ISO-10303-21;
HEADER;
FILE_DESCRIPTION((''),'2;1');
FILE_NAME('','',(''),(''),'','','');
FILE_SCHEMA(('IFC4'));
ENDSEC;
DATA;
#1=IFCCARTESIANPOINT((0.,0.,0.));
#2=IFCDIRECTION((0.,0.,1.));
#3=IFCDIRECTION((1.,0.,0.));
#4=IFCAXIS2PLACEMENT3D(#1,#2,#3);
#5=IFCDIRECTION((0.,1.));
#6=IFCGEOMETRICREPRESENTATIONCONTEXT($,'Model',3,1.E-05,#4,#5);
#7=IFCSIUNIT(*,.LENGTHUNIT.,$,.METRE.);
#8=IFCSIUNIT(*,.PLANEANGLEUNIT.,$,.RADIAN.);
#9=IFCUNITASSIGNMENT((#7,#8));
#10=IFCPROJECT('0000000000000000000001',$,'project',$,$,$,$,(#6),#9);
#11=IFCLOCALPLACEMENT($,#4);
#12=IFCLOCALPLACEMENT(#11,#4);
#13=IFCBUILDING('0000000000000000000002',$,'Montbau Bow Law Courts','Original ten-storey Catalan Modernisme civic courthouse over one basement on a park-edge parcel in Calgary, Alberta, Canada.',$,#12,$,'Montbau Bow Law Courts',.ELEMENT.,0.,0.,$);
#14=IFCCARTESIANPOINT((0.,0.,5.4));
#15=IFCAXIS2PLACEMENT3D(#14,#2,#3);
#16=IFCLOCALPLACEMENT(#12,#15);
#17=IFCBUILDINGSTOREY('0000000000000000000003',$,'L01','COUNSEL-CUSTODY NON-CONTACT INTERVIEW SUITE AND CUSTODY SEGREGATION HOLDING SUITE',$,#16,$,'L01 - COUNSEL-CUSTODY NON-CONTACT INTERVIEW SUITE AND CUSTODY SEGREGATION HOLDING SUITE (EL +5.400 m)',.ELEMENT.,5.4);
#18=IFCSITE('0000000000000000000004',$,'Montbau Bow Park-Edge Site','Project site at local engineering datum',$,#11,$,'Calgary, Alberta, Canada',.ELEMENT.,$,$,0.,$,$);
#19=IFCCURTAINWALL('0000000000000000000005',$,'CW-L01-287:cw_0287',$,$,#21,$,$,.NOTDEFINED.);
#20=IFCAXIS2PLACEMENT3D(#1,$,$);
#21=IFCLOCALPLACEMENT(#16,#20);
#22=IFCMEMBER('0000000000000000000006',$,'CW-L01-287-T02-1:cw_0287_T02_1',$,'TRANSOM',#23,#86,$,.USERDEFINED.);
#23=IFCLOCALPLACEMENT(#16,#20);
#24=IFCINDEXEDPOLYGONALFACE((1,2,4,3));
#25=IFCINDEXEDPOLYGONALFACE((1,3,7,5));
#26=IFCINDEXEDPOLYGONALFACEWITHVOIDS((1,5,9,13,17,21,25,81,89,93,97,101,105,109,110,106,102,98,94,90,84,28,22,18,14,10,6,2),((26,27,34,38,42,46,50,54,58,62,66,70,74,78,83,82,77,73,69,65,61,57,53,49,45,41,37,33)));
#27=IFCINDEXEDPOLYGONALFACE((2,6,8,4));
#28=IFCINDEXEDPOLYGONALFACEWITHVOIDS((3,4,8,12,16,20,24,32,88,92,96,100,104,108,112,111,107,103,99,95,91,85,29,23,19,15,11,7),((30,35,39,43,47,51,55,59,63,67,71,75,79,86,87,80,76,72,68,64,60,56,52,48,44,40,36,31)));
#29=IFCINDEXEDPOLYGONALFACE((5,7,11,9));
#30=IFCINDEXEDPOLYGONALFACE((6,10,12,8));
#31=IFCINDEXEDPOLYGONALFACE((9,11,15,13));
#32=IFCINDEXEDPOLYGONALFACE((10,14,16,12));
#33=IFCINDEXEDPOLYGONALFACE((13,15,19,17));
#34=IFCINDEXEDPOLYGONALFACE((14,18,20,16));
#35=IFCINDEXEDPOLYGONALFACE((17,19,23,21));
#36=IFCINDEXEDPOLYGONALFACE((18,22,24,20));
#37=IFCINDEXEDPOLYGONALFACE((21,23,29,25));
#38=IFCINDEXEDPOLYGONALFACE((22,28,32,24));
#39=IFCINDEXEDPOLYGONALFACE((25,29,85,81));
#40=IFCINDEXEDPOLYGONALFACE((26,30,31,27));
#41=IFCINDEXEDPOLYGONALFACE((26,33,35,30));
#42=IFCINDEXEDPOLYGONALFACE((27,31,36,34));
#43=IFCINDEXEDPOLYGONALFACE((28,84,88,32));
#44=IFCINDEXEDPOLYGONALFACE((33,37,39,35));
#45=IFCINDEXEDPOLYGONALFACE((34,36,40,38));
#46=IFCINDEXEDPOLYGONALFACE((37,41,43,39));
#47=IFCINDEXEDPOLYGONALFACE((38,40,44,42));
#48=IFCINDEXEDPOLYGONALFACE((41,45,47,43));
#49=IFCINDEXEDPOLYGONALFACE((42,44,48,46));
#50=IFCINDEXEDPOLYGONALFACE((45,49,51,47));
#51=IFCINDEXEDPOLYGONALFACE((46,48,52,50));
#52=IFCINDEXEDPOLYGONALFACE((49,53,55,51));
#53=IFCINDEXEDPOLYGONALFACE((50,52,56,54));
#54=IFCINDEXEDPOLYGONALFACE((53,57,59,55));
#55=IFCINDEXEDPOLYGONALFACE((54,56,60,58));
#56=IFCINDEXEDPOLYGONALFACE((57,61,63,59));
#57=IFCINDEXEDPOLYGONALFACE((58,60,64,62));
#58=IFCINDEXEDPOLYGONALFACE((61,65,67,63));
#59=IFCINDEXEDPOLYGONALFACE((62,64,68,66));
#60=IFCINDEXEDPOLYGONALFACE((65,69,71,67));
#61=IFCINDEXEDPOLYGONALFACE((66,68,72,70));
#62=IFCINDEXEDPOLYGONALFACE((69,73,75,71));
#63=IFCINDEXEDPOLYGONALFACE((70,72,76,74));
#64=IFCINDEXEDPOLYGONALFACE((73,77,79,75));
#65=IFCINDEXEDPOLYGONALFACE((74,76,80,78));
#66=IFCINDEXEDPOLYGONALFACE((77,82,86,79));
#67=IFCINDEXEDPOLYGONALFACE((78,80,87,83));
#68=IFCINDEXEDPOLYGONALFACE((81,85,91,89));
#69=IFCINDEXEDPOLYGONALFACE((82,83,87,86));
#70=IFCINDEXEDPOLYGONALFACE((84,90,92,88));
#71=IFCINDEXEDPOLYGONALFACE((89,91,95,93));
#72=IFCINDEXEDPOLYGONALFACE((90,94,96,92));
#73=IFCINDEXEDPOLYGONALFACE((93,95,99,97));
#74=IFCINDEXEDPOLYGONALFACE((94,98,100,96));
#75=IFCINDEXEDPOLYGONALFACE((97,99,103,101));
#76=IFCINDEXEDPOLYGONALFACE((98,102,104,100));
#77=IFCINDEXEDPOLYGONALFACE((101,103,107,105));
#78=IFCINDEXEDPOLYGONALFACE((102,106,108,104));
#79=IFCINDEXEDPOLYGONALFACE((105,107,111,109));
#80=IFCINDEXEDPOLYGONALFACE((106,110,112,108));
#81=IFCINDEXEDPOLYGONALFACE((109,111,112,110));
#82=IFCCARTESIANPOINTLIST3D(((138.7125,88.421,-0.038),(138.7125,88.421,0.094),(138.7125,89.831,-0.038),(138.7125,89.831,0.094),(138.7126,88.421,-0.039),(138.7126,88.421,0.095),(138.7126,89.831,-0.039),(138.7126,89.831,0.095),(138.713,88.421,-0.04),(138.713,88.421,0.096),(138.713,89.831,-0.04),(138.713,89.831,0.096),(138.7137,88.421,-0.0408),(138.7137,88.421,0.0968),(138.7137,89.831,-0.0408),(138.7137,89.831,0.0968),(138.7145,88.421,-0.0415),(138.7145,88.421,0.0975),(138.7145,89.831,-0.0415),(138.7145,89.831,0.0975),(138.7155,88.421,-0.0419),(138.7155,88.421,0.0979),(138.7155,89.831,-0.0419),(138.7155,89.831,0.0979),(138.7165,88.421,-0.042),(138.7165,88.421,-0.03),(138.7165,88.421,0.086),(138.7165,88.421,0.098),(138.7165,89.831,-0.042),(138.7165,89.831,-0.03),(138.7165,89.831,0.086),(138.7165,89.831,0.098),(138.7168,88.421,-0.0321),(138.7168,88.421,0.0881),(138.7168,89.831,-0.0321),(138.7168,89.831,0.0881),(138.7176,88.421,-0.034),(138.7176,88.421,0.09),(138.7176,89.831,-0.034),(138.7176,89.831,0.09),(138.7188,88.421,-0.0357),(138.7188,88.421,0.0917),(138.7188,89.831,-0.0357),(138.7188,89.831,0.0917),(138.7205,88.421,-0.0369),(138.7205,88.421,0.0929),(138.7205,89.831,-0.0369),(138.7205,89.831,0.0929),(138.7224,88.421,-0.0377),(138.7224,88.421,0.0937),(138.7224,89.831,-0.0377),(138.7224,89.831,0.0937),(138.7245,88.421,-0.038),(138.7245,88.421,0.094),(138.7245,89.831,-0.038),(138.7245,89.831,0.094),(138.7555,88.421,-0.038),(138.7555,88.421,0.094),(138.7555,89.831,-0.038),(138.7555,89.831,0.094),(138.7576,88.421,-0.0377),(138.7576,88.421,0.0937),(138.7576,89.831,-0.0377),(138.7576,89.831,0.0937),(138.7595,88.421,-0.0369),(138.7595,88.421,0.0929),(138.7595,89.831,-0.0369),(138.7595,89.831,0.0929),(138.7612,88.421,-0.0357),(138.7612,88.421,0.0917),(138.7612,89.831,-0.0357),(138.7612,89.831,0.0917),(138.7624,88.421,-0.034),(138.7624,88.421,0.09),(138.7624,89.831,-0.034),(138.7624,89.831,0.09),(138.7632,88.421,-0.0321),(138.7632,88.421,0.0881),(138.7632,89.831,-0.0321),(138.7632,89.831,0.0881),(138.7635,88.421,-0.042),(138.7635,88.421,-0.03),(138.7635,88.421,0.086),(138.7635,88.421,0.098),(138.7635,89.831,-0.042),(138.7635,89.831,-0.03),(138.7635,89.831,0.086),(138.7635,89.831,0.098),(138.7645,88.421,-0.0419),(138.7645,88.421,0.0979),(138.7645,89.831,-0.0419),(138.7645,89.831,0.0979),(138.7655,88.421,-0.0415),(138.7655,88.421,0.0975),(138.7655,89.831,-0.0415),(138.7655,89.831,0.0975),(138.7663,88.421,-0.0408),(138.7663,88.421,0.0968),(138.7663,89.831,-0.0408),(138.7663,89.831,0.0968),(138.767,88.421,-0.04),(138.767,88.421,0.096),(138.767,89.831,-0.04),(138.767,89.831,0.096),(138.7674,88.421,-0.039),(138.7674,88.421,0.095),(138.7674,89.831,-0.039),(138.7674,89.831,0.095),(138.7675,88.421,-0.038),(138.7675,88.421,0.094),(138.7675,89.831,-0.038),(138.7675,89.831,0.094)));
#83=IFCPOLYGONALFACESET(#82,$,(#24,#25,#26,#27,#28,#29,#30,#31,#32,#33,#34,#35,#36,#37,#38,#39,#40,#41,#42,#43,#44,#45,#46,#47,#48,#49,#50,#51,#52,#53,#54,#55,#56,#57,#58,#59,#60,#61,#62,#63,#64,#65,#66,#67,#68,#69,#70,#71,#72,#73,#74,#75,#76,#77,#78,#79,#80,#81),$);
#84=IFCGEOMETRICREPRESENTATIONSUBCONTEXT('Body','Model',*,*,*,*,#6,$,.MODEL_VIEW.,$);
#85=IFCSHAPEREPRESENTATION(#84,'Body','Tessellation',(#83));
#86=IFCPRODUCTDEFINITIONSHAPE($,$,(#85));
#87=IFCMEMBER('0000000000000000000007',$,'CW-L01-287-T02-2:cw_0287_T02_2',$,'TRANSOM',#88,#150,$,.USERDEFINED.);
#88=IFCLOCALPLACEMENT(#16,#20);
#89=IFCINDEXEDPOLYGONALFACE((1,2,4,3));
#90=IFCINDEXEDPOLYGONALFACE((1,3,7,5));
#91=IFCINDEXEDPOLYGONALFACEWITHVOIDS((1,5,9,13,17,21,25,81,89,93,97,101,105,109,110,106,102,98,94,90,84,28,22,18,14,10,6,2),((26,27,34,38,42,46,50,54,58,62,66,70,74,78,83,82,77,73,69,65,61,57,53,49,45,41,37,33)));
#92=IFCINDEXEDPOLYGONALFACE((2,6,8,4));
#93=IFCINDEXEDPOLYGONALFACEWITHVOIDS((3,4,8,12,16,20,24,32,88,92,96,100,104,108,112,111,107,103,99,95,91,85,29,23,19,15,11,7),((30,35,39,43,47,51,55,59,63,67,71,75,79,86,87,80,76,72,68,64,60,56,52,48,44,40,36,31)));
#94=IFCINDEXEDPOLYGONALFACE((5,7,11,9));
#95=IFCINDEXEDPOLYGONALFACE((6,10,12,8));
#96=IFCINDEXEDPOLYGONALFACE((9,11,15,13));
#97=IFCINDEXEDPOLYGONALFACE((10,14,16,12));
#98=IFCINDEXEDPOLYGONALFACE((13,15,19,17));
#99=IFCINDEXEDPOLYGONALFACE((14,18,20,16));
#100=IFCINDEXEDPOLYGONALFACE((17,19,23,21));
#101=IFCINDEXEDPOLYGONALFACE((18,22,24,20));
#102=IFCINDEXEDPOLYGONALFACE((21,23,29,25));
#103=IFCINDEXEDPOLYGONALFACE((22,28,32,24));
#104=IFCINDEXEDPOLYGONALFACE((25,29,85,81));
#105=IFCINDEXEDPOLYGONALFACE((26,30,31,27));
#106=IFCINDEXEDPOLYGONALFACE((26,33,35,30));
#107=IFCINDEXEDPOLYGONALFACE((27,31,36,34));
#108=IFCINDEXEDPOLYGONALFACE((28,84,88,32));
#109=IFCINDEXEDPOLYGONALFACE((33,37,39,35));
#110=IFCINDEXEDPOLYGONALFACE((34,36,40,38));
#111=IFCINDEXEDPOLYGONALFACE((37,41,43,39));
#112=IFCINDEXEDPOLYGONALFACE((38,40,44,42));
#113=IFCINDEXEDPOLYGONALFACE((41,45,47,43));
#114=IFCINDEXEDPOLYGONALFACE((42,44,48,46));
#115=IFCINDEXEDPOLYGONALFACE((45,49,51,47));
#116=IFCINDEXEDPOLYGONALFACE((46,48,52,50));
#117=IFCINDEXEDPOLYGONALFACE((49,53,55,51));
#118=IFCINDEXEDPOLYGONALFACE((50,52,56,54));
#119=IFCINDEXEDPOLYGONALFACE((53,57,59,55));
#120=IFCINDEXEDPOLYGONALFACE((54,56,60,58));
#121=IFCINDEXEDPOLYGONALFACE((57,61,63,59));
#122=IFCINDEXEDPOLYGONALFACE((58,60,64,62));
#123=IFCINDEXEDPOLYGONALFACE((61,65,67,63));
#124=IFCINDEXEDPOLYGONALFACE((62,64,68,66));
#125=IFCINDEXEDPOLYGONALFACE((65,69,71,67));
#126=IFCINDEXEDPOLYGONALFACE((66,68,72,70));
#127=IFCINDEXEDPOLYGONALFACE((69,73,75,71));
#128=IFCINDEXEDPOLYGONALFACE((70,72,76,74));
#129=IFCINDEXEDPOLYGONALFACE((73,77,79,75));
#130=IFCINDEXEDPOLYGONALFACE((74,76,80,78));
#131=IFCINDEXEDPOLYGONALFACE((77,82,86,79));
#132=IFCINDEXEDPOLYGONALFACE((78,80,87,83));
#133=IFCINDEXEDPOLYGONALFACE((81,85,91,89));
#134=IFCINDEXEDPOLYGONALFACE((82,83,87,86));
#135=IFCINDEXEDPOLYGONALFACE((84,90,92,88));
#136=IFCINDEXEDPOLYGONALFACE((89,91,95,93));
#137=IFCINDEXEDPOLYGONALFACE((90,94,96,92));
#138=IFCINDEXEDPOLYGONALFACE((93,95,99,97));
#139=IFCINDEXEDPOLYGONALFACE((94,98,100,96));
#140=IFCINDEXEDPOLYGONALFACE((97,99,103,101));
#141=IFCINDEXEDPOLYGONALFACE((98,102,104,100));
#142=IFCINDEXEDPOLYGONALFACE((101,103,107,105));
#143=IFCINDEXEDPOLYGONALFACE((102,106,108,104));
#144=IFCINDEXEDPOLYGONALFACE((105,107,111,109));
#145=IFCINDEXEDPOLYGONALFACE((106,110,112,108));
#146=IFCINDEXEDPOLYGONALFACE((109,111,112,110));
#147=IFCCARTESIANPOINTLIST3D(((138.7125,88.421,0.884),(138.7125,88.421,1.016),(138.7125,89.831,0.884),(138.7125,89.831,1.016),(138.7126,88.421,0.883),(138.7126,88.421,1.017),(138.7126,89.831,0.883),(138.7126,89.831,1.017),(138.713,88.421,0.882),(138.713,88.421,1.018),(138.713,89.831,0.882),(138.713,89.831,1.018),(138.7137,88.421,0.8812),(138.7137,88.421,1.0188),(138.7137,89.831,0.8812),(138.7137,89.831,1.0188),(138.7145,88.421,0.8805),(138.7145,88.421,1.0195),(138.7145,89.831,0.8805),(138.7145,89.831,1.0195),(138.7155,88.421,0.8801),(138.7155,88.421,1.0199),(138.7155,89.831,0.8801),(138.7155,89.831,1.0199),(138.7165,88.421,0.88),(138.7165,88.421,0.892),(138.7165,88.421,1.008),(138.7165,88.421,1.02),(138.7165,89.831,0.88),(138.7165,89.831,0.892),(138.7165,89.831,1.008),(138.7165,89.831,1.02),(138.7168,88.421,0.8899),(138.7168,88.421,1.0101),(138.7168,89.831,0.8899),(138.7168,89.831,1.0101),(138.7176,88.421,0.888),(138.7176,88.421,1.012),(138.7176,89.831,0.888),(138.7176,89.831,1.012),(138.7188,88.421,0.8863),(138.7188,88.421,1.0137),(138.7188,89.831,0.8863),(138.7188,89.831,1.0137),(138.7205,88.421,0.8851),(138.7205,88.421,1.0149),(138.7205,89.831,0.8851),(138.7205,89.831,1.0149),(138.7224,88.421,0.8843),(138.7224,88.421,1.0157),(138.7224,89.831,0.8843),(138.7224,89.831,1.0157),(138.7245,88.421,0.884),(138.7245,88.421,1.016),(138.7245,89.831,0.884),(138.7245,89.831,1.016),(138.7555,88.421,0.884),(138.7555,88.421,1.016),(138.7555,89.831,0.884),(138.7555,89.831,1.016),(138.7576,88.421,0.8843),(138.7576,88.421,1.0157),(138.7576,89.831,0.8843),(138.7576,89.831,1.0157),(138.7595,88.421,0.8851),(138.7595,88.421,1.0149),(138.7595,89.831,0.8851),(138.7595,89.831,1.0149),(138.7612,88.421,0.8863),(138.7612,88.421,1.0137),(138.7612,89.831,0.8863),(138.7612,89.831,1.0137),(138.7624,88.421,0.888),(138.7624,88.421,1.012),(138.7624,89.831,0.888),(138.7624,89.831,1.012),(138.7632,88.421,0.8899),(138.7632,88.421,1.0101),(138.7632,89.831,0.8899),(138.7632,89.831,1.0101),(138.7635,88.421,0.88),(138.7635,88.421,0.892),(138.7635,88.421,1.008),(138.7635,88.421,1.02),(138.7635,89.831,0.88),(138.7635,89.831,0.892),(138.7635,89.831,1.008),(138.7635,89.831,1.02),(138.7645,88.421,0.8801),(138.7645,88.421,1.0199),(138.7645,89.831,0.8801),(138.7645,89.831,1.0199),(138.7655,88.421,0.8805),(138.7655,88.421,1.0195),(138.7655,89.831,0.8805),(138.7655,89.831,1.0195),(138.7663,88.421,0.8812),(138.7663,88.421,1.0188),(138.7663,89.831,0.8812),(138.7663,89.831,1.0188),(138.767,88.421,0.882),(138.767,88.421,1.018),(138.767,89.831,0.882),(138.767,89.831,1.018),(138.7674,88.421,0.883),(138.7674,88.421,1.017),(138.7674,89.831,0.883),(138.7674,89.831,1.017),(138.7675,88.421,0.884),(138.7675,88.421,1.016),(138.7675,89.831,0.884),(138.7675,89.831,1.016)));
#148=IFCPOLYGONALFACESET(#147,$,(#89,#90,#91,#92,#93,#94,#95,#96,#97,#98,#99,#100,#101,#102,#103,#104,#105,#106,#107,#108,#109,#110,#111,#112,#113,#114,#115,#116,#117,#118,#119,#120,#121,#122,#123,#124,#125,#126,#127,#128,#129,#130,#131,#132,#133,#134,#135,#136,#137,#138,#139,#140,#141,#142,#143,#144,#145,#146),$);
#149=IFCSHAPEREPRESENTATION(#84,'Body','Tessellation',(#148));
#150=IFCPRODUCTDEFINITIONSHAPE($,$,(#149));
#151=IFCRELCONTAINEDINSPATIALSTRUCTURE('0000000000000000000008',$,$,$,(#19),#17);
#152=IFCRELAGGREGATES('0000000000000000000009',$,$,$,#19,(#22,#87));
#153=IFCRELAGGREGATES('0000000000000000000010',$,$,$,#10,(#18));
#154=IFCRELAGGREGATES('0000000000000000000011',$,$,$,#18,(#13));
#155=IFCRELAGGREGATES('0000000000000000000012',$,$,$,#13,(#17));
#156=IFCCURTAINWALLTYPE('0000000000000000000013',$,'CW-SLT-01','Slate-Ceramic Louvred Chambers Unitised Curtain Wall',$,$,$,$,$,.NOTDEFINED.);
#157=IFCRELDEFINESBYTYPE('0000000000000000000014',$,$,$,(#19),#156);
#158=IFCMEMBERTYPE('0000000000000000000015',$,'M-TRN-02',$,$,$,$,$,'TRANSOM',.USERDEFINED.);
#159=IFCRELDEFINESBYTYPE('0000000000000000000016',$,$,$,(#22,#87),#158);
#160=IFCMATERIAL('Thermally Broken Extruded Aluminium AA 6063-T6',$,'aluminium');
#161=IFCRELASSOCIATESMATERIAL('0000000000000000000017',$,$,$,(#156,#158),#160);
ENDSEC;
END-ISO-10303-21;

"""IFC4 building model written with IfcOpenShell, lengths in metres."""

from ifc_helpers import new_model, si_unit, direction, frame, origin_with_axes, origin_2d_with_axis, place, context, subcontext, project, spatial, hollow_rectangle, extrude, material, material_profile, profile_set, type_object, element, aggregate, save


model = new_model("IFC4")

# Units and contexts
model_context = context("Model", 3, precision=1e-05, world=origin_with_axes(), true_north=direction((0.0, 1.0)))
body_context = subcontext(model_context, "Body", "Model", "MODEL_VIEW")
ifc_project = project(units=[si_unit("LENGTHUNIT", "METRE"), si_unit("PLANEANGLEUNIT", "RADIAN")], contexts=[model_context])

# Site, building, storey
site_placement = place(None, origin_with_axes())
site = spatial("IfcSite", under=ifc_project, at=site_placement, Name="Montbau Bow Park-Edge Site", Description="Project site at local engineering datum", LongName="Calgary, Alberta, Canada", CompositionType="ELEMENT", RefElevation=0.0)
building_placement = place(site_placement, origin_with_axes())
building = spatial("IfcBuilding", under=site, at=building_placement, Name="Montbau Bow Law Courts", Description="Original ten-storey Catalan Modernisme civic courthouse over one basement on a park-edge parcel in Calgary, Alberta, Canada.", LongName="Montbau Bow Law Courts", CompositionType="ELEMENT", ElevationOfRefHeight=0.0, ElevationOfTerrain=0.0)
storey_placement = place(building_placement, frame((0.0, 0.0, 5.4), z_axis=(0.0, 0.0, 1.0), x_axis=(1.0, 0.0, 0.0)))
storey = spatial("IfcBuildingStorey", under=building, at=storey_placement, Name="L01", Description="COUNSEL-CUSTODY NON-CONTACT INTERVIEW SUITE AND CUSTODY SEGREGATION HOLDING SUITE", LongName="L01 - COUNSEL-CUSTODY NON-CONTACT INTERVIEW SUITE AND CUSTODY SEGREGATION HOLDING SUITE (EL +5.400 m)", CompositionType="ELEMENT", Elevation=5.4)

# Curtain wall, members
ifc_material_1 = material(Name="Thermally Broken Extruded Aluminium AA 6063-T6", Category="aluminium")
curtain_wall_type = type_object("IfcCurtainWallType", Name="CW-SLT-01", Description="Slate-Ceramic Louvred Chambers Unitised Curtain Wall", PredefinedType="NOTDEFINED", material=ifc_material_1)
curtain_wall_placement = place(None, frame((138.74, 86.915, 5.4), z_axis=(0.0, 0.0, 1.0), x_axis=(1.0, 0.0, 0.0)))
curtain_wall = element("IfcCurtainWall", 1, at=curtain_wall_placement, inside=storey, type_object=curtain_wall_type, Name="CW-L01-287:cw_0287", PredefinedType="NOTDEFINED")
ifc_material_profile_1 = material_profile(ifc_material_1, hollow_rectangle(XDim=0.055, YDim=0.14, WallThickness=0.004, InnerFilletRadius=0.008, OuterFilletRadius=0.004, at=origin_2d_with_axis()), Name="CWT-140X55", Category="Main", Priority=0)
ifc_profile_set_1 = profile_set([ifc_material_profile_1], Name="Thermally Broken Extruded Aluminium AA 6063-T6")
member_type_1 = type_object("IfcMemberType", Name="M-TRN-02", ElementType="TRANSOM", PredefinedType="USERDEFINED", material=ifc_profile_set_1)
member_1_placement = place(None, frame((138.74, 88.421, 5.428), z_axis=(0.0, 1.0, 0.0), x_axis=(-1.0, 0.0, 0.0)))
member_1 = element("IfcMember", 2, at=member_1_placement, type_object=member_type_1, Name="CW-L01-287-T02-1:cw_0287_T02_1", ObjectType="TRANSOM", PredefinedType="USERDEFINED", context=body_context, shape_type="SweptSolid", body=[
    extrude(hollow_rectangle(XDim=0.055, YDim=0.14, WallThickness=0.004, InnerFilletRadius=0.008, OuterFilletRadius=0.004, at=origin_2d_with_axis()), origin_with_axes(), (0.0, 0.0, 1.0), 1.41),
])
member_2_placement = place(None, frame((138.74, 88.421, 6.35), z_axis=(0.0, 1.0, 0.0), x_axis=(-1.0, 0.0, 0.0)))
member_2 = element("IfcMember", 3, at=member_2_placement, type_object=member_type_1, Name="CW-L01-287-T02-2:cw_0287_T02_2", ObjectType="TRANSOM", PredefinedType="USERDEFINED", context=body_context, shape_type="SweptSolid", body=[
    extrude(hollow_rectangle(XDim=0.055, YDim=0.14, WallThickness=0.004, InnerFilletRadius=0.008, OuterFilletRadius=0.004, at=origin_2d_with_axis()), origin_with_axes(), (0.0, 0.0, 1.0), 1.41),
])
aggregate(curtain_wall, [member_1, member_2])

save(model, "model.ifc")
